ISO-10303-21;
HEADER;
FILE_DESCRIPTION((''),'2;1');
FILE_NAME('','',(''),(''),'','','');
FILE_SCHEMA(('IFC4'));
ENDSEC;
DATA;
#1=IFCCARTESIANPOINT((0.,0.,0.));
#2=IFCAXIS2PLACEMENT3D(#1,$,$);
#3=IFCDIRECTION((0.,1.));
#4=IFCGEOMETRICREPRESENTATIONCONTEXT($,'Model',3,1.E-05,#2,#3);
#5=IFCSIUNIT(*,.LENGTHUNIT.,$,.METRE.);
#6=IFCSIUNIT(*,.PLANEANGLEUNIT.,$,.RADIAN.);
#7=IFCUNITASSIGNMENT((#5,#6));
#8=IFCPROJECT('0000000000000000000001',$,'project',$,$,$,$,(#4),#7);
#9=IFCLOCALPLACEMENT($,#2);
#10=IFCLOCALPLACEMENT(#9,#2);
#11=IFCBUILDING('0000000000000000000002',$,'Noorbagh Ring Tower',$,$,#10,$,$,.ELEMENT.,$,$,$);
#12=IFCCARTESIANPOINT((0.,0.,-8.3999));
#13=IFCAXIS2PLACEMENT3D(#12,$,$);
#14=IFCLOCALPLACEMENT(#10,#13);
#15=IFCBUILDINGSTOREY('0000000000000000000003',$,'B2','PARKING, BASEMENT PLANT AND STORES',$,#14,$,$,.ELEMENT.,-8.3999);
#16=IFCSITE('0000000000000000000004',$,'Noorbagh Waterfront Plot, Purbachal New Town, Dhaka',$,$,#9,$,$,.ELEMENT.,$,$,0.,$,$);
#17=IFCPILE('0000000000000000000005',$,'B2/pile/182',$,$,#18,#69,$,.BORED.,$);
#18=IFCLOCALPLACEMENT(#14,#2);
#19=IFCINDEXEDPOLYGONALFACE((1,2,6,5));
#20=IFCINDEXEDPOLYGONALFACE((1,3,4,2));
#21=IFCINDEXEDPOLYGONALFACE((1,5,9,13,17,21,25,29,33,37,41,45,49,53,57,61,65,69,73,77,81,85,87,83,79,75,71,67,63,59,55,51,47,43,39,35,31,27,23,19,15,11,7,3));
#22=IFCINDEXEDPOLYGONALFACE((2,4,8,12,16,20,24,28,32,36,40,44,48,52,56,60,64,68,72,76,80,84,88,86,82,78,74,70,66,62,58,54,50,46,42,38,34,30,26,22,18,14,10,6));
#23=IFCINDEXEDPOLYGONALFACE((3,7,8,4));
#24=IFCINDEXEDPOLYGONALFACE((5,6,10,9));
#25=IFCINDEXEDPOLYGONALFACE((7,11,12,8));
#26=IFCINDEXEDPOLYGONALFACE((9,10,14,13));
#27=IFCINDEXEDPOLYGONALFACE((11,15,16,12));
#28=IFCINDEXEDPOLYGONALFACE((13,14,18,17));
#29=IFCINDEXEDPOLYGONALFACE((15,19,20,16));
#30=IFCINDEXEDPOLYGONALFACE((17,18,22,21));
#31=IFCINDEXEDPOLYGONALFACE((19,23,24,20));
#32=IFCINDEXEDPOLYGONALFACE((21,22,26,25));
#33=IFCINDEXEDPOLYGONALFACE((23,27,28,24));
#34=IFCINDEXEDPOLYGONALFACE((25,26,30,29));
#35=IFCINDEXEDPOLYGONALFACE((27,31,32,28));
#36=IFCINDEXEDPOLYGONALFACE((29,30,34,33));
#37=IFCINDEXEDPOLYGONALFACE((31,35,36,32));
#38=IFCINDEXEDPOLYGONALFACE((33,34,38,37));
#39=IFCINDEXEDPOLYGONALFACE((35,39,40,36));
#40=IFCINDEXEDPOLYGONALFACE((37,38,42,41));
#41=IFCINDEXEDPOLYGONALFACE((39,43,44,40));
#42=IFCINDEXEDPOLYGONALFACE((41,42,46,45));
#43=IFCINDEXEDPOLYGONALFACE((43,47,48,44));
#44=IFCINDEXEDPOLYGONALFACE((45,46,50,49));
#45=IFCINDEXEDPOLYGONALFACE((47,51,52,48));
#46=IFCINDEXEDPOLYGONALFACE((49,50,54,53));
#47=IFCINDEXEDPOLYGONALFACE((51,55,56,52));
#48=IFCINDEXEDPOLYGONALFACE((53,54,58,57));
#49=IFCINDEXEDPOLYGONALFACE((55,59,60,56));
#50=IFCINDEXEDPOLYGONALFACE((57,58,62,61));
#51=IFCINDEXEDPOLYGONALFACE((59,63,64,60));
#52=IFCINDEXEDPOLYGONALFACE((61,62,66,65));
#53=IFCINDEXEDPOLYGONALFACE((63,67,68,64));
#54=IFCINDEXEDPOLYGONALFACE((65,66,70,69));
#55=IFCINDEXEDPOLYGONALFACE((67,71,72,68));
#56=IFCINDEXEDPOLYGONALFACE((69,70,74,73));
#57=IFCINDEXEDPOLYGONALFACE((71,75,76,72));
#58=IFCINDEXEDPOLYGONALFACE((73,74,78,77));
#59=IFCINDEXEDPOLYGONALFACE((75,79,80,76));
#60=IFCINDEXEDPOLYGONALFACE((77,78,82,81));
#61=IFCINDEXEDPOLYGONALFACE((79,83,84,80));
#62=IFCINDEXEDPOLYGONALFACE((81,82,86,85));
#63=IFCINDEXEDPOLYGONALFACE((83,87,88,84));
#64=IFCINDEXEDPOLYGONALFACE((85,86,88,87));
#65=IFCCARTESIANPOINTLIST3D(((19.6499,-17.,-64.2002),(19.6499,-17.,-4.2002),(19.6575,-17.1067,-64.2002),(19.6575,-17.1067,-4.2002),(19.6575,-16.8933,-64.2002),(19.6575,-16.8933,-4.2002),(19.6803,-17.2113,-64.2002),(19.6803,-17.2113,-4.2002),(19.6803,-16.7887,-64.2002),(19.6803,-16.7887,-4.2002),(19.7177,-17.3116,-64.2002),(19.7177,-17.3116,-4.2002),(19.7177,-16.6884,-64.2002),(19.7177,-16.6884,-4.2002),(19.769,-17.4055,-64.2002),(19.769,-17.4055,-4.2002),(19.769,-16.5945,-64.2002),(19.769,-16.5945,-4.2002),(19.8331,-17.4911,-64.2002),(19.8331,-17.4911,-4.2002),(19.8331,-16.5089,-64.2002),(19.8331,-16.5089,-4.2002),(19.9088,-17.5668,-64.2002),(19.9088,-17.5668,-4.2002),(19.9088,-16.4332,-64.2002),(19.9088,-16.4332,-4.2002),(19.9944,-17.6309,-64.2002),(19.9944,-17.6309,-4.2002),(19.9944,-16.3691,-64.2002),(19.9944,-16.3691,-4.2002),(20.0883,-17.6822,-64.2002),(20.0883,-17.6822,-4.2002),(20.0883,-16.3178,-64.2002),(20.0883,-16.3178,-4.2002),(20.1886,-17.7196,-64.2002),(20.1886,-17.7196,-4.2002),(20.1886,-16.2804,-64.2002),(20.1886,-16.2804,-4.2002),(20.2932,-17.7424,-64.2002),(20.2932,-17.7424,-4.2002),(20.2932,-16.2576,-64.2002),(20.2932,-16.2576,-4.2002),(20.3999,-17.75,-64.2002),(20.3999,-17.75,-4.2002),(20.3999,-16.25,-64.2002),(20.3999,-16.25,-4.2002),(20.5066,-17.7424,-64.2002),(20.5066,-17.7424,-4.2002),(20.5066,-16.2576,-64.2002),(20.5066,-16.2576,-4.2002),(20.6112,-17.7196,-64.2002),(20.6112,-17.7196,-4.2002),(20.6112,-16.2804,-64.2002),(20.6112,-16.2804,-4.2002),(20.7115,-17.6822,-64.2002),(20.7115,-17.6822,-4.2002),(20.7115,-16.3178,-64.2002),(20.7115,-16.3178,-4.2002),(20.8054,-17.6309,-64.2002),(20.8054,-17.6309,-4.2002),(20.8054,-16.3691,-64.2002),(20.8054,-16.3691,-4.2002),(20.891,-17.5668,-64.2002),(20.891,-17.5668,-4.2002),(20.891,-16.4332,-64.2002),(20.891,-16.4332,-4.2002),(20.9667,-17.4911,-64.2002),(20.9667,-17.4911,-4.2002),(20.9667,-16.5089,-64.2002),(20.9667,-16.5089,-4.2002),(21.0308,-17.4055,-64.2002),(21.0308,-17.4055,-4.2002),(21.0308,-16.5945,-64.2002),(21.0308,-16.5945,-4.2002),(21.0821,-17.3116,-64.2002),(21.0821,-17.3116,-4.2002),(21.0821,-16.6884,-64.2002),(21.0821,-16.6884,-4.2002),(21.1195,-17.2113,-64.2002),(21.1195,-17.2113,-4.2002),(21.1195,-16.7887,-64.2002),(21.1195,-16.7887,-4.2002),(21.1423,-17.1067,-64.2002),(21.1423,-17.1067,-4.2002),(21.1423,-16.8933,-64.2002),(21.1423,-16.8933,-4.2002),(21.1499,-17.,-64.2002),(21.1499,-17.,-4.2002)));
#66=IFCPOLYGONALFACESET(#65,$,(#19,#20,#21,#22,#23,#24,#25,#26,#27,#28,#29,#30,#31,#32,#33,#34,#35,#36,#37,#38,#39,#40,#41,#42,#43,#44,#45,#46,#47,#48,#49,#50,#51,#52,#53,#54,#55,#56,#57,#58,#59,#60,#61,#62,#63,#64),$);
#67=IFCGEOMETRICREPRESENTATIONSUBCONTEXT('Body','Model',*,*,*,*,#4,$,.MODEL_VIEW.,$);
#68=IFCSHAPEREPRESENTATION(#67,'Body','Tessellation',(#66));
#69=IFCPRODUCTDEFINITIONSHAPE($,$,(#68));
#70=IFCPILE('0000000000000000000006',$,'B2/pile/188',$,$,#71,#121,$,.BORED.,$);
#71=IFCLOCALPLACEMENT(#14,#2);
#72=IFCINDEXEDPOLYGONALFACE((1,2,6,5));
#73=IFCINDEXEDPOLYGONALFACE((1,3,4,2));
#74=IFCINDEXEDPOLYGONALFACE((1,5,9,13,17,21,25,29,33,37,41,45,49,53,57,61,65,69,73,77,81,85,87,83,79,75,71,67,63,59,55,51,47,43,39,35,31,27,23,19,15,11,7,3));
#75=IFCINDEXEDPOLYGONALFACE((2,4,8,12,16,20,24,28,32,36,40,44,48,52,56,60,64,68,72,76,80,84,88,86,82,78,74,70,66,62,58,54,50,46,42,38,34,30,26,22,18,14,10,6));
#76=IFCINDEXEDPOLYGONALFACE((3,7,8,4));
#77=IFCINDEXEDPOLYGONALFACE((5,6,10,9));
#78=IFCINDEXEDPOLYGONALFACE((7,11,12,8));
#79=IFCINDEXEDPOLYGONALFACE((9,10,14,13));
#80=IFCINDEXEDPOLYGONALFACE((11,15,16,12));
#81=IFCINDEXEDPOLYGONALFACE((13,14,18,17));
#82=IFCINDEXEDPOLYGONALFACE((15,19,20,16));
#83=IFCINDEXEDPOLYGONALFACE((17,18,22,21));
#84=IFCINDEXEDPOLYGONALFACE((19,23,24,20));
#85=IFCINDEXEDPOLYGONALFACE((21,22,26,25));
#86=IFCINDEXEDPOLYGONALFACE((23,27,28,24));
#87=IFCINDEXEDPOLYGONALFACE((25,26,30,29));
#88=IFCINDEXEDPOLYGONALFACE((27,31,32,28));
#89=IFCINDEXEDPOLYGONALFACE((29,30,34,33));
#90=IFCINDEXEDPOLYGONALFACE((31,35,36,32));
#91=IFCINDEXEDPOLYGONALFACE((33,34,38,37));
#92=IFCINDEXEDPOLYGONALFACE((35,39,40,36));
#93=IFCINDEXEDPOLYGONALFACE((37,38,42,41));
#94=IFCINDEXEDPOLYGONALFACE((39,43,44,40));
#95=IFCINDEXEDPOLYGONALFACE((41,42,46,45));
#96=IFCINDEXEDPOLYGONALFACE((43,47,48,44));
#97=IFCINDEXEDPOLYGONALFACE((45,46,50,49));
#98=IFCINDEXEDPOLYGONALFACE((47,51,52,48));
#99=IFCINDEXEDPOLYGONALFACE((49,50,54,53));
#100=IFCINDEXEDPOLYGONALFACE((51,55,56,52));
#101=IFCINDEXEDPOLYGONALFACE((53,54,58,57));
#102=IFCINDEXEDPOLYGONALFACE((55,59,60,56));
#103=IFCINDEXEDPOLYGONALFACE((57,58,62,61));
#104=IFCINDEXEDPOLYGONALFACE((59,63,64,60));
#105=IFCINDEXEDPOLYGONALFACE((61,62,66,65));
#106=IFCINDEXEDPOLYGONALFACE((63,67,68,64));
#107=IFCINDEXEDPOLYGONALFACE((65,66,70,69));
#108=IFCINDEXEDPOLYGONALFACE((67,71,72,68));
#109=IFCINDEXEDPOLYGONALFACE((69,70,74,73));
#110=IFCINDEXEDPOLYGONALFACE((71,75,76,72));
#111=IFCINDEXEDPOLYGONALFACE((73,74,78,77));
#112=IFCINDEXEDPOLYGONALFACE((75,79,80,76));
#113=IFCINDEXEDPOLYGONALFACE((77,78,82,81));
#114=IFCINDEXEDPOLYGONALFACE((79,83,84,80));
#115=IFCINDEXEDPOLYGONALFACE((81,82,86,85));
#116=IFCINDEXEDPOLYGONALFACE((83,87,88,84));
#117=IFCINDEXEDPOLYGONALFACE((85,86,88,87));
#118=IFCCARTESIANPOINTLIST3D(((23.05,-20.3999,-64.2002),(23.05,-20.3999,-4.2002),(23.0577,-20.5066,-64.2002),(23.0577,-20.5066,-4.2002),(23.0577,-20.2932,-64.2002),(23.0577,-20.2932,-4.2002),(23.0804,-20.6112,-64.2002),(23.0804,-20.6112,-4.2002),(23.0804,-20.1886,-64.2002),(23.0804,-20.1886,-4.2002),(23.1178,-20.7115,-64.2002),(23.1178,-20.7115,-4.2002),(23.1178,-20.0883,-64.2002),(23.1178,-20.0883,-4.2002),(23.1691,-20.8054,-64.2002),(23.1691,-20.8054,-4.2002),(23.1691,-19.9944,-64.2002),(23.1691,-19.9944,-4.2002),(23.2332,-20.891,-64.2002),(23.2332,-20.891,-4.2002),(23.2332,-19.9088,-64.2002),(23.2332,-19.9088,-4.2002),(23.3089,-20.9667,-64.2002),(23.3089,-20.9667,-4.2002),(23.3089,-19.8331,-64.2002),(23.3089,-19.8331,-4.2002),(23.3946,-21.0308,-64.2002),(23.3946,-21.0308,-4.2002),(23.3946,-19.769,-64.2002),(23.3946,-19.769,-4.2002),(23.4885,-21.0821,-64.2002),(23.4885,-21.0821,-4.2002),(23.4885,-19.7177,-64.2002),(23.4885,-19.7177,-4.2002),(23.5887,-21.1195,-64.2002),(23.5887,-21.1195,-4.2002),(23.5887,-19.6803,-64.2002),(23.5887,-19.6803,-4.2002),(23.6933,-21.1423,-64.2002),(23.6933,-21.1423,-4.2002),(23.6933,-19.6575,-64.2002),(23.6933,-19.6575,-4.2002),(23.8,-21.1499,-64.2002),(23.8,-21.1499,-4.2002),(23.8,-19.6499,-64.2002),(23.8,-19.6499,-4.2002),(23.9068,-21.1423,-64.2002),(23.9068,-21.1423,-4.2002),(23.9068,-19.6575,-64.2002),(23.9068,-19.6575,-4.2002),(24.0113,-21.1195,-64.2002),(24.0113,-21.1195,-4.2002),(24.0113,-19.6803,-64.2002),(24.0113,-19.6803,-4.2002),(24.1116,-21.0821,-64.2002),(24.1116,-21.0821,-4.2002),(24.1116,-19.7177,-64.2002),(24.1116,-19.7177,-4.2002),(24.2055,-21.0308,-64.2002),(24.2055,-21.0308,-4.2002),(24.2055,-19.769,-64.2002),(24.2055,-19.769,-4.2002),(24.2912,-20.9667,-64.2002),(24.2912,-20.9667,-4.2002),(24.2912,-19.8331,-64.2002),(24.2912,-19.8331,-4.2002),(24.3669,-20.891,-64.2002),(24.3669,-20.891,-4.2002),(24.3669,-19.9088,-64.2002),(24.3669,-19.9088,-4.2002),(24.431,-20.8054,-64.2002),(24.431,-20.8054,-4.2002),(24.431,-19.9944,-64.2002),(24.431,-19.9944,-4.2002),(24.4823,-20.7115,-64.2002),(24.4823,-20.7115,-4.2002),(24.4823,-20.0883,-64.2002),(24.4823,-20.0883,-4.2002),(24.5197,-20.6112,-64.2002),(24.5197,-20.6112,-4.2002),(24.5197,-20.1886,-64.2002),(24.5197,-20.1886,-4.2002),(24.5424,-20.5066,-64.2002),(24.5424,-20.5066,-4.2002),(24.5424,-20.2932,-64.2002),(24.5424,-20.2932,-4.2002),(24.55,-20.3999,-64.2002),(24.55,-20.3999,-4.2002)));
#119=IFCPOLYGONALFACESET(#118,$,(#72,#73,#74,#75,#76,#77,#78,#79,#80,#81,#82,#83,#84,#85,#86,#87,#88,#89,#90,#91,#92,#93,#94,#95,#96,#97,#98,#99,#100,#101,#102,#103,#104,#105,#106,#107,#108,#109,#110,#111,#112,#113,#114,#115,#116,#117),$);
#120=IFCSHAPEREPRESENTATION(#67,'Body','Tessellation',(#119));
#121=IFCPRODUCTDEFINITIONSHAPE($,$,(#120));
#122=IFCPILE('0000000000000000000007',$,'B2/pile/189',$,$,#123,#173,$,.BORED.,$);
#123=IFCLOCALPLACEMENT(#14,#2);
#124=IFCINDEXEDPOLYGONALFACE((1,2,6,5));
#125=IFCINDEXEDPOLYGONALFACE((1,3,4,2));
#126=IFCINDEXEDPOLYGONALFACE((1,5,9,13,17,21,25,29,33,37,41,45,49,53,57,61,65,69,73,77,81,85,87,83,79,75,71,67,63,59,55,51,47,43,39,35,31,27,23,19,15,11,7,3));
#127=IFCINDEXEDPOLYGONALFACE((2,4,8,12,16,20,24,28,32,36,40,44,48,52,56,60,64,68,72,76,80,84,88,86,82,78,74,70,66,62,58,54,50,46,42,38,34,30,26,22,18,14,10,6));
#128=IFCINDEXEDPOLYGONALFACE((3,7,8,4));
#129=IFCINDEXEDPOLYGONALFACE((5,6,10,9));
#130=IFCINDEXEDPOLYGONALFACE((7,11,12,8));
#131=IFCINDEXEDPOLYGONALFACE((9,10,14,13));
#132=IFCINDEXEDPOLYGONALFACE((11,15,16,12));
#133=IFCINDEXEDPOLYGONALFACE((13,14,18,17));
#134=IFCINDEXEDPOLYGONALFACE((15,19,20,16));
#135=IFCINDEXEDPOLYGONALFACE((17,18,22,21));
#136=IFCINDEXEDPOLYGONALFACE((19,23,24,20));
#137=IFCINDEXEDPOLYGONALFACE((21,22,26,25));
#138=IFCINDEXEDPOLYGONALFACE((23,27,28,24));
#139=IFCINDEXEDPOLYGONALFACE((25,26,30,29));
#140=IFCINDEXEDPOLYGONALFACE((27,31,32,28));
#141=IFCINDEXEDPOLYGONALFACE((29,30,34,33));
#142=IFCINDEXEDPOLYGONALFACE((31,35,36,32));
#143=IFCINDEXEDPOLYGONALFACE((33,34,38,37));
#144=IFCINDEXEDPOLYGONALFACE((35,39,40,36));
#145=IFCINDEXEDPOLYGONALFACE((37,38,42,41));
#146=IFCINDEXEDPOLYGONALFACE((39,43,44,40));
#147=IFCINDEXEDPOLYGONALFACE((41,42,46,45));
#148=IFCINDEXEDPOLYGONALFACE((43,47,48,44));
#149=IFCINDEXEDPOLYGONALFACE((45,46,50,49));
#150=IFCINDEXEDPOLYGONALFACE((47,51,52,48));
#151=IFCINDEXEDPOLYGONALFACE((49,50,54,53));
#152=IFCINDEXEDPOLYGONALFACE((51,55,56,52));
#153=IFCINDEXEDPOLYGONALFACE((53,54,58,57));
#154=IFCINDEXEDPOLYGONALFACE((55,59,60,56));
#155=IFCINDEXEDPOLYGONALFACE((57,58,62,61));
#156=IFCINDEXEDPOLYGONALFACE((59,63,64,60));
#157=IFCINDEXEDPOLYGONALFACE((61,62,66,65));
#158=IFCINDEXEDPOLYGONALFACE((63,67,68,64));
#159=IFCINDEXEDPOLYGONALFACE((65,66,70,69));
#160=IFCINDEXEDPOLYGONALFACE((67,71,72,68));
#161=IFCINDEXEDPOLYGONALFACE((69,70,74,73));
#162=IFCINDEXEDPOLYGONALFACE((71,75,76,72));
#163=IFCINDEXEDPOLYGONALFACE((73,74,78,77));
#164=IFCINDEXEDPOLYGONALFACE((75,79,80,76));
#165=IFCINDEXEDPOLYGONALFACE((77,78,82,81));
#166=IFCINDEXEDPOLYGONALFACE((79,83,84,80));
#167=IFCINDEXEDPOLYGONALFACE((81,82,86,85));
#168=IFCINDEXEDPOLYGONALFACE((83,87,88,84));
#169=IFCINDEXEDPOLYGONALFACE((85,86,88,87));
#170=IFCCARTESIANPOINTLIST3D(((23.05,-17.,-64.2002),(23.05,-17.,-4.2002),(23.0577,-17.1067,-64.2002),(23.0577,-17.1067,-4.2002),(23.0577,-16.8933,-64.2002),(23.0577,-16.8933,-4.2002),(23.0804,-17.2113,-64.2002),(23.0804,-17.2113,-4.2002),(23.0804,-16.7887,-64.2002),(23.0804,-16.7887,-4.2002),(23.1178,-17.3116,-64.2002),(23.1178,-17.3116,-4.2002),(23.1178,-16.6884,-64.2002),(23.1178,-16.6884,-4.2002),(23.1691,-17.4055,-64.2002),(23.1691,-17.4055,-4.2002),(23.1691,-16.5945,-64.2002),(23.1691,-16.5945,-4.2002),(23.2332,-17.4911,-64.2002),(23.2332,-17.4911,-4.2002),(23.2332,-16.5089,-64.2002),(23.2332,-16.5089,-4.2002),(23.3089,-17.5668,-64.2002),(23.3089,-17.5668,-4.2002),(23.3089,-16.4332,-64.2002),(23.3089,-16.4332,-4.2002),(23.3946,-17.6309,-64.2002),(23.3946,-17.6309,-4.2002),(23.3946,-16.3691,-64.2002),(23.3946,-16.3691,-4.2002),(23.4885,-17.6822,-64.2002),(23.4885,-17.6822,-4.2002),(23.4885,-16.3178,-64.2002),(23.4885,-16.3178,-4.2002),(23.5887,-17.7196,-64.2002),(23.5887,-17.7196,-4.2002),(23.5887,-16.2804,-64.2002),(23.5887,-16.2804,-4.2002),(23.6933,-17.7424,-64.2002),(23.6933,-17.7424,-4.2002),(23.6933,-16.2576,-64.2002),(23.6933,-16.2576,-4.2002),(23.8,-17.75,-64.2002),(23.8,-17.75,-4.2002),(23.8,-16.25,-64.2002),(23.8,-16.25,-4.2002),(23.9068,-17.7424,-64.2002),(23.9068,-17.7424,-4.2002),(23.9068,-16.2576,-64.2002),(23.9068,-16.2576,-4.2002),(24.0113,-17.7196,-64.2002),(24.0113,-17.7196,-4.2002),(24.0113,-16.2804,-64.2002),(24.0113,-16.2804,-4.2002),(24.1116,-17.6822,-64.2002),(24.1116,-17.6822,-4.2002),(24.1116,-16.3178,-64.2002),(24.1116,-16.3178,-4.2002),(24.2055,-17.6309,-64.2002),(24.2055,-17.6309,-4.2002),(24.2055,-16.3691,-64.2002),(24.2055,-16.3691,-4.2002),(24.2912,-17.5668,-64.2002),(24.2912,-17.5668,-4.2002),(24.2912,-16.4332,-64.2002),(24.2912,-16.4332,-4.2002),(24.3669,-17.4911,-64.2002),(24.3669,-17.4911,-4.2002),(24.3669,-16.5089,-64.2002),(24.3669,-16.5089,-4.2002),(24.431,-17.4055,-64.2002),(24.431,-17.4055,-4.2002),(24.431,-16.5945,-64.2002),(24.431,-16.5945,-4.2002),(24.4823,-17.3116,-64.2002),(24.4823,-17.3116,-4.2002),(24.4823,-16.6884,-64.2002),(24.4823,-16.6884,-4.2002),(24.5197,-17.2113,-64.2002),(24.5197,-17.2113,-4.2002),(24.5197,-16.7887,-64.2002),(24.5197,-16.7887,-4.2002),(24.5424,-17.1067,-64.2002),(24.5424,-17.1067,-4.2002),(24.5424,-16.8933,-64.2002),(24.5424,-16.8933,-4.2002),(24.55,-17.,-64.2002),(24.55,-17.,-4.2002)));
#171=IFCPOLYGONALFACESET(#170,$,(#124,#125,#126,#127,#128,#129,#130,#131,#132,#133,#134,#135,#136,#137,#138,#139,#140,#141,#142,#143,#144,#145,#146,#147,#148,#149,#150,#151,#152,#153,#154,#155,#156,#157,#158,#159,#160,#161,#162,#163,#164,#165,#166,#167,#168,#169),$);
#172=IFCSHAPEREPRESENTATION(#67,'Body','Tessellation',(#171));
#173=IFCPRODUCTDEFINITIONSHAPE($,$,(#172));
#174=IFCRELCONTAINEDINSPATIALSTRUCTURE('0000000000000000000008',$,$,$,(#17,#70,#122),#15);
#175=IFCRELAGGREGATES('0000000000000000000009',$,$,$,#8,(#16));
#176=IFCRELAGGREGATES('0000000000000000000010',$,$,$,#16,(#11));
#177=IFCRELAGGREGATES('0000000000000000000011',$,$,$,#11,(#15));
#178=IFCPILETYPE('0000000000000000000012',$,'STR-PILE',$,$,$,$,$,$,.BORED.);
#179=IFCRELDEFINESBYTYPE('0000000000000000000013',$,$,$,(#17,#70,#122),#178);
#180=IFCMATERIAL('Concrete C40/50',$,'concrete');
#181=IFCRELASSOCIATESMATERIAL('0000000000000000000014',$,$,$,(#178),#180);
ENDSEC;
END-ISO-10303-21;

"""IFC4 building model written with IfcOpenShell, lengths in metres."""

from ifc_helpers import new_model, si_unit, direction, frame, origin, origin_2d, place, context, subcontext, project, spatial, circle, extrude, material, material_profile, profile_set, type_object, element, save


model = new_model("IFC4")

# Units and contexts
model_context = context("Model", 3, precision=1e-05, world=origin(), true_north=direction((0.0, 1.0)))
body_context = subcontext(model_context, "Body", "Model", "MODEL_VIEW")
ifc_project = project(units=[si_unit("LENGTHUNIT", "METRE"), si_unit("PLANEANGLEUNIT", "RADIAN")], contexts=[model_context])

# Site, building, storey
site_placement = place(None, origin())
site = spatial("IfcSite", under=ifc_project, at=site_placement, Name="Noorbagh Waterfront Plot, Purbachal New Town, Dhaka", CompositionType="ELEMENT", RefElevation=0.0)
building_placement = place(site_placement, origin())
building = spatial("IfcBuilding", under=site, at=building_placement, Name="Noorbagh Ring Tower", CompositionType="ELEMENT")
storey_placement = place(building_placement, frame((0.0, 0.0, -8.3999)))
storey = spatial("IfcBuildingStorey", under=building, at=storey_placement, Name="B2", Description="PARKING, BASEMENT PLANT AND STORES", CompositionType="ELEMENT", Elevation=-8.3999)

# Piles
ifc_material_1 = material(Name="Concrete C40/50", Category="concrete")
ifc_material_profile_1 = material_profile(ifc_material_1, circle(Radius=0.75, at=origin_2d()), Name="PILE1500")
ifc_profile_set_1 = profile_set([ifc_material_profile_1], Name="Concrete C40/50")
pile_type_1 = type_object("IfcPileType", Name="STR-PILE", PredefinedType="BORED", material=ifc_profile_set_1)
for number, where, z_axis, x_axis, name in (
    (1, (20.3999, -17.0, -4.2002), (0.0, 0.0, -1.0), (1.0, 0.0, 0.0), "B2/pile/182"),
    (2, (23.8, -20.3999, -4.2002), (0.0, 0.0, -1.0), (1.0, 0.0, 0.0), "B2/pile/188"),
    (3, (23.8, -17.0, -4.2002), (0.0, 0.0, -1.0), (1.0, 0.0, 0.0), "B2/pile/189"),
):
    element("IfcPile", number, at=place(storey_placement, frame(where, z_axis=z_axis, x_axis=x_axis)), inside=storey, type_object=pile_type_1, Name=name, PredefinedType="BORED", context=body_context, shape_type="SweptSolid", body=[
        extrude(circle(Radius=0.75, at=origin_2d()), origin(), (0.0, 0.0, 1.0), 60.0),
    ])

save(model, "model.ifc")
